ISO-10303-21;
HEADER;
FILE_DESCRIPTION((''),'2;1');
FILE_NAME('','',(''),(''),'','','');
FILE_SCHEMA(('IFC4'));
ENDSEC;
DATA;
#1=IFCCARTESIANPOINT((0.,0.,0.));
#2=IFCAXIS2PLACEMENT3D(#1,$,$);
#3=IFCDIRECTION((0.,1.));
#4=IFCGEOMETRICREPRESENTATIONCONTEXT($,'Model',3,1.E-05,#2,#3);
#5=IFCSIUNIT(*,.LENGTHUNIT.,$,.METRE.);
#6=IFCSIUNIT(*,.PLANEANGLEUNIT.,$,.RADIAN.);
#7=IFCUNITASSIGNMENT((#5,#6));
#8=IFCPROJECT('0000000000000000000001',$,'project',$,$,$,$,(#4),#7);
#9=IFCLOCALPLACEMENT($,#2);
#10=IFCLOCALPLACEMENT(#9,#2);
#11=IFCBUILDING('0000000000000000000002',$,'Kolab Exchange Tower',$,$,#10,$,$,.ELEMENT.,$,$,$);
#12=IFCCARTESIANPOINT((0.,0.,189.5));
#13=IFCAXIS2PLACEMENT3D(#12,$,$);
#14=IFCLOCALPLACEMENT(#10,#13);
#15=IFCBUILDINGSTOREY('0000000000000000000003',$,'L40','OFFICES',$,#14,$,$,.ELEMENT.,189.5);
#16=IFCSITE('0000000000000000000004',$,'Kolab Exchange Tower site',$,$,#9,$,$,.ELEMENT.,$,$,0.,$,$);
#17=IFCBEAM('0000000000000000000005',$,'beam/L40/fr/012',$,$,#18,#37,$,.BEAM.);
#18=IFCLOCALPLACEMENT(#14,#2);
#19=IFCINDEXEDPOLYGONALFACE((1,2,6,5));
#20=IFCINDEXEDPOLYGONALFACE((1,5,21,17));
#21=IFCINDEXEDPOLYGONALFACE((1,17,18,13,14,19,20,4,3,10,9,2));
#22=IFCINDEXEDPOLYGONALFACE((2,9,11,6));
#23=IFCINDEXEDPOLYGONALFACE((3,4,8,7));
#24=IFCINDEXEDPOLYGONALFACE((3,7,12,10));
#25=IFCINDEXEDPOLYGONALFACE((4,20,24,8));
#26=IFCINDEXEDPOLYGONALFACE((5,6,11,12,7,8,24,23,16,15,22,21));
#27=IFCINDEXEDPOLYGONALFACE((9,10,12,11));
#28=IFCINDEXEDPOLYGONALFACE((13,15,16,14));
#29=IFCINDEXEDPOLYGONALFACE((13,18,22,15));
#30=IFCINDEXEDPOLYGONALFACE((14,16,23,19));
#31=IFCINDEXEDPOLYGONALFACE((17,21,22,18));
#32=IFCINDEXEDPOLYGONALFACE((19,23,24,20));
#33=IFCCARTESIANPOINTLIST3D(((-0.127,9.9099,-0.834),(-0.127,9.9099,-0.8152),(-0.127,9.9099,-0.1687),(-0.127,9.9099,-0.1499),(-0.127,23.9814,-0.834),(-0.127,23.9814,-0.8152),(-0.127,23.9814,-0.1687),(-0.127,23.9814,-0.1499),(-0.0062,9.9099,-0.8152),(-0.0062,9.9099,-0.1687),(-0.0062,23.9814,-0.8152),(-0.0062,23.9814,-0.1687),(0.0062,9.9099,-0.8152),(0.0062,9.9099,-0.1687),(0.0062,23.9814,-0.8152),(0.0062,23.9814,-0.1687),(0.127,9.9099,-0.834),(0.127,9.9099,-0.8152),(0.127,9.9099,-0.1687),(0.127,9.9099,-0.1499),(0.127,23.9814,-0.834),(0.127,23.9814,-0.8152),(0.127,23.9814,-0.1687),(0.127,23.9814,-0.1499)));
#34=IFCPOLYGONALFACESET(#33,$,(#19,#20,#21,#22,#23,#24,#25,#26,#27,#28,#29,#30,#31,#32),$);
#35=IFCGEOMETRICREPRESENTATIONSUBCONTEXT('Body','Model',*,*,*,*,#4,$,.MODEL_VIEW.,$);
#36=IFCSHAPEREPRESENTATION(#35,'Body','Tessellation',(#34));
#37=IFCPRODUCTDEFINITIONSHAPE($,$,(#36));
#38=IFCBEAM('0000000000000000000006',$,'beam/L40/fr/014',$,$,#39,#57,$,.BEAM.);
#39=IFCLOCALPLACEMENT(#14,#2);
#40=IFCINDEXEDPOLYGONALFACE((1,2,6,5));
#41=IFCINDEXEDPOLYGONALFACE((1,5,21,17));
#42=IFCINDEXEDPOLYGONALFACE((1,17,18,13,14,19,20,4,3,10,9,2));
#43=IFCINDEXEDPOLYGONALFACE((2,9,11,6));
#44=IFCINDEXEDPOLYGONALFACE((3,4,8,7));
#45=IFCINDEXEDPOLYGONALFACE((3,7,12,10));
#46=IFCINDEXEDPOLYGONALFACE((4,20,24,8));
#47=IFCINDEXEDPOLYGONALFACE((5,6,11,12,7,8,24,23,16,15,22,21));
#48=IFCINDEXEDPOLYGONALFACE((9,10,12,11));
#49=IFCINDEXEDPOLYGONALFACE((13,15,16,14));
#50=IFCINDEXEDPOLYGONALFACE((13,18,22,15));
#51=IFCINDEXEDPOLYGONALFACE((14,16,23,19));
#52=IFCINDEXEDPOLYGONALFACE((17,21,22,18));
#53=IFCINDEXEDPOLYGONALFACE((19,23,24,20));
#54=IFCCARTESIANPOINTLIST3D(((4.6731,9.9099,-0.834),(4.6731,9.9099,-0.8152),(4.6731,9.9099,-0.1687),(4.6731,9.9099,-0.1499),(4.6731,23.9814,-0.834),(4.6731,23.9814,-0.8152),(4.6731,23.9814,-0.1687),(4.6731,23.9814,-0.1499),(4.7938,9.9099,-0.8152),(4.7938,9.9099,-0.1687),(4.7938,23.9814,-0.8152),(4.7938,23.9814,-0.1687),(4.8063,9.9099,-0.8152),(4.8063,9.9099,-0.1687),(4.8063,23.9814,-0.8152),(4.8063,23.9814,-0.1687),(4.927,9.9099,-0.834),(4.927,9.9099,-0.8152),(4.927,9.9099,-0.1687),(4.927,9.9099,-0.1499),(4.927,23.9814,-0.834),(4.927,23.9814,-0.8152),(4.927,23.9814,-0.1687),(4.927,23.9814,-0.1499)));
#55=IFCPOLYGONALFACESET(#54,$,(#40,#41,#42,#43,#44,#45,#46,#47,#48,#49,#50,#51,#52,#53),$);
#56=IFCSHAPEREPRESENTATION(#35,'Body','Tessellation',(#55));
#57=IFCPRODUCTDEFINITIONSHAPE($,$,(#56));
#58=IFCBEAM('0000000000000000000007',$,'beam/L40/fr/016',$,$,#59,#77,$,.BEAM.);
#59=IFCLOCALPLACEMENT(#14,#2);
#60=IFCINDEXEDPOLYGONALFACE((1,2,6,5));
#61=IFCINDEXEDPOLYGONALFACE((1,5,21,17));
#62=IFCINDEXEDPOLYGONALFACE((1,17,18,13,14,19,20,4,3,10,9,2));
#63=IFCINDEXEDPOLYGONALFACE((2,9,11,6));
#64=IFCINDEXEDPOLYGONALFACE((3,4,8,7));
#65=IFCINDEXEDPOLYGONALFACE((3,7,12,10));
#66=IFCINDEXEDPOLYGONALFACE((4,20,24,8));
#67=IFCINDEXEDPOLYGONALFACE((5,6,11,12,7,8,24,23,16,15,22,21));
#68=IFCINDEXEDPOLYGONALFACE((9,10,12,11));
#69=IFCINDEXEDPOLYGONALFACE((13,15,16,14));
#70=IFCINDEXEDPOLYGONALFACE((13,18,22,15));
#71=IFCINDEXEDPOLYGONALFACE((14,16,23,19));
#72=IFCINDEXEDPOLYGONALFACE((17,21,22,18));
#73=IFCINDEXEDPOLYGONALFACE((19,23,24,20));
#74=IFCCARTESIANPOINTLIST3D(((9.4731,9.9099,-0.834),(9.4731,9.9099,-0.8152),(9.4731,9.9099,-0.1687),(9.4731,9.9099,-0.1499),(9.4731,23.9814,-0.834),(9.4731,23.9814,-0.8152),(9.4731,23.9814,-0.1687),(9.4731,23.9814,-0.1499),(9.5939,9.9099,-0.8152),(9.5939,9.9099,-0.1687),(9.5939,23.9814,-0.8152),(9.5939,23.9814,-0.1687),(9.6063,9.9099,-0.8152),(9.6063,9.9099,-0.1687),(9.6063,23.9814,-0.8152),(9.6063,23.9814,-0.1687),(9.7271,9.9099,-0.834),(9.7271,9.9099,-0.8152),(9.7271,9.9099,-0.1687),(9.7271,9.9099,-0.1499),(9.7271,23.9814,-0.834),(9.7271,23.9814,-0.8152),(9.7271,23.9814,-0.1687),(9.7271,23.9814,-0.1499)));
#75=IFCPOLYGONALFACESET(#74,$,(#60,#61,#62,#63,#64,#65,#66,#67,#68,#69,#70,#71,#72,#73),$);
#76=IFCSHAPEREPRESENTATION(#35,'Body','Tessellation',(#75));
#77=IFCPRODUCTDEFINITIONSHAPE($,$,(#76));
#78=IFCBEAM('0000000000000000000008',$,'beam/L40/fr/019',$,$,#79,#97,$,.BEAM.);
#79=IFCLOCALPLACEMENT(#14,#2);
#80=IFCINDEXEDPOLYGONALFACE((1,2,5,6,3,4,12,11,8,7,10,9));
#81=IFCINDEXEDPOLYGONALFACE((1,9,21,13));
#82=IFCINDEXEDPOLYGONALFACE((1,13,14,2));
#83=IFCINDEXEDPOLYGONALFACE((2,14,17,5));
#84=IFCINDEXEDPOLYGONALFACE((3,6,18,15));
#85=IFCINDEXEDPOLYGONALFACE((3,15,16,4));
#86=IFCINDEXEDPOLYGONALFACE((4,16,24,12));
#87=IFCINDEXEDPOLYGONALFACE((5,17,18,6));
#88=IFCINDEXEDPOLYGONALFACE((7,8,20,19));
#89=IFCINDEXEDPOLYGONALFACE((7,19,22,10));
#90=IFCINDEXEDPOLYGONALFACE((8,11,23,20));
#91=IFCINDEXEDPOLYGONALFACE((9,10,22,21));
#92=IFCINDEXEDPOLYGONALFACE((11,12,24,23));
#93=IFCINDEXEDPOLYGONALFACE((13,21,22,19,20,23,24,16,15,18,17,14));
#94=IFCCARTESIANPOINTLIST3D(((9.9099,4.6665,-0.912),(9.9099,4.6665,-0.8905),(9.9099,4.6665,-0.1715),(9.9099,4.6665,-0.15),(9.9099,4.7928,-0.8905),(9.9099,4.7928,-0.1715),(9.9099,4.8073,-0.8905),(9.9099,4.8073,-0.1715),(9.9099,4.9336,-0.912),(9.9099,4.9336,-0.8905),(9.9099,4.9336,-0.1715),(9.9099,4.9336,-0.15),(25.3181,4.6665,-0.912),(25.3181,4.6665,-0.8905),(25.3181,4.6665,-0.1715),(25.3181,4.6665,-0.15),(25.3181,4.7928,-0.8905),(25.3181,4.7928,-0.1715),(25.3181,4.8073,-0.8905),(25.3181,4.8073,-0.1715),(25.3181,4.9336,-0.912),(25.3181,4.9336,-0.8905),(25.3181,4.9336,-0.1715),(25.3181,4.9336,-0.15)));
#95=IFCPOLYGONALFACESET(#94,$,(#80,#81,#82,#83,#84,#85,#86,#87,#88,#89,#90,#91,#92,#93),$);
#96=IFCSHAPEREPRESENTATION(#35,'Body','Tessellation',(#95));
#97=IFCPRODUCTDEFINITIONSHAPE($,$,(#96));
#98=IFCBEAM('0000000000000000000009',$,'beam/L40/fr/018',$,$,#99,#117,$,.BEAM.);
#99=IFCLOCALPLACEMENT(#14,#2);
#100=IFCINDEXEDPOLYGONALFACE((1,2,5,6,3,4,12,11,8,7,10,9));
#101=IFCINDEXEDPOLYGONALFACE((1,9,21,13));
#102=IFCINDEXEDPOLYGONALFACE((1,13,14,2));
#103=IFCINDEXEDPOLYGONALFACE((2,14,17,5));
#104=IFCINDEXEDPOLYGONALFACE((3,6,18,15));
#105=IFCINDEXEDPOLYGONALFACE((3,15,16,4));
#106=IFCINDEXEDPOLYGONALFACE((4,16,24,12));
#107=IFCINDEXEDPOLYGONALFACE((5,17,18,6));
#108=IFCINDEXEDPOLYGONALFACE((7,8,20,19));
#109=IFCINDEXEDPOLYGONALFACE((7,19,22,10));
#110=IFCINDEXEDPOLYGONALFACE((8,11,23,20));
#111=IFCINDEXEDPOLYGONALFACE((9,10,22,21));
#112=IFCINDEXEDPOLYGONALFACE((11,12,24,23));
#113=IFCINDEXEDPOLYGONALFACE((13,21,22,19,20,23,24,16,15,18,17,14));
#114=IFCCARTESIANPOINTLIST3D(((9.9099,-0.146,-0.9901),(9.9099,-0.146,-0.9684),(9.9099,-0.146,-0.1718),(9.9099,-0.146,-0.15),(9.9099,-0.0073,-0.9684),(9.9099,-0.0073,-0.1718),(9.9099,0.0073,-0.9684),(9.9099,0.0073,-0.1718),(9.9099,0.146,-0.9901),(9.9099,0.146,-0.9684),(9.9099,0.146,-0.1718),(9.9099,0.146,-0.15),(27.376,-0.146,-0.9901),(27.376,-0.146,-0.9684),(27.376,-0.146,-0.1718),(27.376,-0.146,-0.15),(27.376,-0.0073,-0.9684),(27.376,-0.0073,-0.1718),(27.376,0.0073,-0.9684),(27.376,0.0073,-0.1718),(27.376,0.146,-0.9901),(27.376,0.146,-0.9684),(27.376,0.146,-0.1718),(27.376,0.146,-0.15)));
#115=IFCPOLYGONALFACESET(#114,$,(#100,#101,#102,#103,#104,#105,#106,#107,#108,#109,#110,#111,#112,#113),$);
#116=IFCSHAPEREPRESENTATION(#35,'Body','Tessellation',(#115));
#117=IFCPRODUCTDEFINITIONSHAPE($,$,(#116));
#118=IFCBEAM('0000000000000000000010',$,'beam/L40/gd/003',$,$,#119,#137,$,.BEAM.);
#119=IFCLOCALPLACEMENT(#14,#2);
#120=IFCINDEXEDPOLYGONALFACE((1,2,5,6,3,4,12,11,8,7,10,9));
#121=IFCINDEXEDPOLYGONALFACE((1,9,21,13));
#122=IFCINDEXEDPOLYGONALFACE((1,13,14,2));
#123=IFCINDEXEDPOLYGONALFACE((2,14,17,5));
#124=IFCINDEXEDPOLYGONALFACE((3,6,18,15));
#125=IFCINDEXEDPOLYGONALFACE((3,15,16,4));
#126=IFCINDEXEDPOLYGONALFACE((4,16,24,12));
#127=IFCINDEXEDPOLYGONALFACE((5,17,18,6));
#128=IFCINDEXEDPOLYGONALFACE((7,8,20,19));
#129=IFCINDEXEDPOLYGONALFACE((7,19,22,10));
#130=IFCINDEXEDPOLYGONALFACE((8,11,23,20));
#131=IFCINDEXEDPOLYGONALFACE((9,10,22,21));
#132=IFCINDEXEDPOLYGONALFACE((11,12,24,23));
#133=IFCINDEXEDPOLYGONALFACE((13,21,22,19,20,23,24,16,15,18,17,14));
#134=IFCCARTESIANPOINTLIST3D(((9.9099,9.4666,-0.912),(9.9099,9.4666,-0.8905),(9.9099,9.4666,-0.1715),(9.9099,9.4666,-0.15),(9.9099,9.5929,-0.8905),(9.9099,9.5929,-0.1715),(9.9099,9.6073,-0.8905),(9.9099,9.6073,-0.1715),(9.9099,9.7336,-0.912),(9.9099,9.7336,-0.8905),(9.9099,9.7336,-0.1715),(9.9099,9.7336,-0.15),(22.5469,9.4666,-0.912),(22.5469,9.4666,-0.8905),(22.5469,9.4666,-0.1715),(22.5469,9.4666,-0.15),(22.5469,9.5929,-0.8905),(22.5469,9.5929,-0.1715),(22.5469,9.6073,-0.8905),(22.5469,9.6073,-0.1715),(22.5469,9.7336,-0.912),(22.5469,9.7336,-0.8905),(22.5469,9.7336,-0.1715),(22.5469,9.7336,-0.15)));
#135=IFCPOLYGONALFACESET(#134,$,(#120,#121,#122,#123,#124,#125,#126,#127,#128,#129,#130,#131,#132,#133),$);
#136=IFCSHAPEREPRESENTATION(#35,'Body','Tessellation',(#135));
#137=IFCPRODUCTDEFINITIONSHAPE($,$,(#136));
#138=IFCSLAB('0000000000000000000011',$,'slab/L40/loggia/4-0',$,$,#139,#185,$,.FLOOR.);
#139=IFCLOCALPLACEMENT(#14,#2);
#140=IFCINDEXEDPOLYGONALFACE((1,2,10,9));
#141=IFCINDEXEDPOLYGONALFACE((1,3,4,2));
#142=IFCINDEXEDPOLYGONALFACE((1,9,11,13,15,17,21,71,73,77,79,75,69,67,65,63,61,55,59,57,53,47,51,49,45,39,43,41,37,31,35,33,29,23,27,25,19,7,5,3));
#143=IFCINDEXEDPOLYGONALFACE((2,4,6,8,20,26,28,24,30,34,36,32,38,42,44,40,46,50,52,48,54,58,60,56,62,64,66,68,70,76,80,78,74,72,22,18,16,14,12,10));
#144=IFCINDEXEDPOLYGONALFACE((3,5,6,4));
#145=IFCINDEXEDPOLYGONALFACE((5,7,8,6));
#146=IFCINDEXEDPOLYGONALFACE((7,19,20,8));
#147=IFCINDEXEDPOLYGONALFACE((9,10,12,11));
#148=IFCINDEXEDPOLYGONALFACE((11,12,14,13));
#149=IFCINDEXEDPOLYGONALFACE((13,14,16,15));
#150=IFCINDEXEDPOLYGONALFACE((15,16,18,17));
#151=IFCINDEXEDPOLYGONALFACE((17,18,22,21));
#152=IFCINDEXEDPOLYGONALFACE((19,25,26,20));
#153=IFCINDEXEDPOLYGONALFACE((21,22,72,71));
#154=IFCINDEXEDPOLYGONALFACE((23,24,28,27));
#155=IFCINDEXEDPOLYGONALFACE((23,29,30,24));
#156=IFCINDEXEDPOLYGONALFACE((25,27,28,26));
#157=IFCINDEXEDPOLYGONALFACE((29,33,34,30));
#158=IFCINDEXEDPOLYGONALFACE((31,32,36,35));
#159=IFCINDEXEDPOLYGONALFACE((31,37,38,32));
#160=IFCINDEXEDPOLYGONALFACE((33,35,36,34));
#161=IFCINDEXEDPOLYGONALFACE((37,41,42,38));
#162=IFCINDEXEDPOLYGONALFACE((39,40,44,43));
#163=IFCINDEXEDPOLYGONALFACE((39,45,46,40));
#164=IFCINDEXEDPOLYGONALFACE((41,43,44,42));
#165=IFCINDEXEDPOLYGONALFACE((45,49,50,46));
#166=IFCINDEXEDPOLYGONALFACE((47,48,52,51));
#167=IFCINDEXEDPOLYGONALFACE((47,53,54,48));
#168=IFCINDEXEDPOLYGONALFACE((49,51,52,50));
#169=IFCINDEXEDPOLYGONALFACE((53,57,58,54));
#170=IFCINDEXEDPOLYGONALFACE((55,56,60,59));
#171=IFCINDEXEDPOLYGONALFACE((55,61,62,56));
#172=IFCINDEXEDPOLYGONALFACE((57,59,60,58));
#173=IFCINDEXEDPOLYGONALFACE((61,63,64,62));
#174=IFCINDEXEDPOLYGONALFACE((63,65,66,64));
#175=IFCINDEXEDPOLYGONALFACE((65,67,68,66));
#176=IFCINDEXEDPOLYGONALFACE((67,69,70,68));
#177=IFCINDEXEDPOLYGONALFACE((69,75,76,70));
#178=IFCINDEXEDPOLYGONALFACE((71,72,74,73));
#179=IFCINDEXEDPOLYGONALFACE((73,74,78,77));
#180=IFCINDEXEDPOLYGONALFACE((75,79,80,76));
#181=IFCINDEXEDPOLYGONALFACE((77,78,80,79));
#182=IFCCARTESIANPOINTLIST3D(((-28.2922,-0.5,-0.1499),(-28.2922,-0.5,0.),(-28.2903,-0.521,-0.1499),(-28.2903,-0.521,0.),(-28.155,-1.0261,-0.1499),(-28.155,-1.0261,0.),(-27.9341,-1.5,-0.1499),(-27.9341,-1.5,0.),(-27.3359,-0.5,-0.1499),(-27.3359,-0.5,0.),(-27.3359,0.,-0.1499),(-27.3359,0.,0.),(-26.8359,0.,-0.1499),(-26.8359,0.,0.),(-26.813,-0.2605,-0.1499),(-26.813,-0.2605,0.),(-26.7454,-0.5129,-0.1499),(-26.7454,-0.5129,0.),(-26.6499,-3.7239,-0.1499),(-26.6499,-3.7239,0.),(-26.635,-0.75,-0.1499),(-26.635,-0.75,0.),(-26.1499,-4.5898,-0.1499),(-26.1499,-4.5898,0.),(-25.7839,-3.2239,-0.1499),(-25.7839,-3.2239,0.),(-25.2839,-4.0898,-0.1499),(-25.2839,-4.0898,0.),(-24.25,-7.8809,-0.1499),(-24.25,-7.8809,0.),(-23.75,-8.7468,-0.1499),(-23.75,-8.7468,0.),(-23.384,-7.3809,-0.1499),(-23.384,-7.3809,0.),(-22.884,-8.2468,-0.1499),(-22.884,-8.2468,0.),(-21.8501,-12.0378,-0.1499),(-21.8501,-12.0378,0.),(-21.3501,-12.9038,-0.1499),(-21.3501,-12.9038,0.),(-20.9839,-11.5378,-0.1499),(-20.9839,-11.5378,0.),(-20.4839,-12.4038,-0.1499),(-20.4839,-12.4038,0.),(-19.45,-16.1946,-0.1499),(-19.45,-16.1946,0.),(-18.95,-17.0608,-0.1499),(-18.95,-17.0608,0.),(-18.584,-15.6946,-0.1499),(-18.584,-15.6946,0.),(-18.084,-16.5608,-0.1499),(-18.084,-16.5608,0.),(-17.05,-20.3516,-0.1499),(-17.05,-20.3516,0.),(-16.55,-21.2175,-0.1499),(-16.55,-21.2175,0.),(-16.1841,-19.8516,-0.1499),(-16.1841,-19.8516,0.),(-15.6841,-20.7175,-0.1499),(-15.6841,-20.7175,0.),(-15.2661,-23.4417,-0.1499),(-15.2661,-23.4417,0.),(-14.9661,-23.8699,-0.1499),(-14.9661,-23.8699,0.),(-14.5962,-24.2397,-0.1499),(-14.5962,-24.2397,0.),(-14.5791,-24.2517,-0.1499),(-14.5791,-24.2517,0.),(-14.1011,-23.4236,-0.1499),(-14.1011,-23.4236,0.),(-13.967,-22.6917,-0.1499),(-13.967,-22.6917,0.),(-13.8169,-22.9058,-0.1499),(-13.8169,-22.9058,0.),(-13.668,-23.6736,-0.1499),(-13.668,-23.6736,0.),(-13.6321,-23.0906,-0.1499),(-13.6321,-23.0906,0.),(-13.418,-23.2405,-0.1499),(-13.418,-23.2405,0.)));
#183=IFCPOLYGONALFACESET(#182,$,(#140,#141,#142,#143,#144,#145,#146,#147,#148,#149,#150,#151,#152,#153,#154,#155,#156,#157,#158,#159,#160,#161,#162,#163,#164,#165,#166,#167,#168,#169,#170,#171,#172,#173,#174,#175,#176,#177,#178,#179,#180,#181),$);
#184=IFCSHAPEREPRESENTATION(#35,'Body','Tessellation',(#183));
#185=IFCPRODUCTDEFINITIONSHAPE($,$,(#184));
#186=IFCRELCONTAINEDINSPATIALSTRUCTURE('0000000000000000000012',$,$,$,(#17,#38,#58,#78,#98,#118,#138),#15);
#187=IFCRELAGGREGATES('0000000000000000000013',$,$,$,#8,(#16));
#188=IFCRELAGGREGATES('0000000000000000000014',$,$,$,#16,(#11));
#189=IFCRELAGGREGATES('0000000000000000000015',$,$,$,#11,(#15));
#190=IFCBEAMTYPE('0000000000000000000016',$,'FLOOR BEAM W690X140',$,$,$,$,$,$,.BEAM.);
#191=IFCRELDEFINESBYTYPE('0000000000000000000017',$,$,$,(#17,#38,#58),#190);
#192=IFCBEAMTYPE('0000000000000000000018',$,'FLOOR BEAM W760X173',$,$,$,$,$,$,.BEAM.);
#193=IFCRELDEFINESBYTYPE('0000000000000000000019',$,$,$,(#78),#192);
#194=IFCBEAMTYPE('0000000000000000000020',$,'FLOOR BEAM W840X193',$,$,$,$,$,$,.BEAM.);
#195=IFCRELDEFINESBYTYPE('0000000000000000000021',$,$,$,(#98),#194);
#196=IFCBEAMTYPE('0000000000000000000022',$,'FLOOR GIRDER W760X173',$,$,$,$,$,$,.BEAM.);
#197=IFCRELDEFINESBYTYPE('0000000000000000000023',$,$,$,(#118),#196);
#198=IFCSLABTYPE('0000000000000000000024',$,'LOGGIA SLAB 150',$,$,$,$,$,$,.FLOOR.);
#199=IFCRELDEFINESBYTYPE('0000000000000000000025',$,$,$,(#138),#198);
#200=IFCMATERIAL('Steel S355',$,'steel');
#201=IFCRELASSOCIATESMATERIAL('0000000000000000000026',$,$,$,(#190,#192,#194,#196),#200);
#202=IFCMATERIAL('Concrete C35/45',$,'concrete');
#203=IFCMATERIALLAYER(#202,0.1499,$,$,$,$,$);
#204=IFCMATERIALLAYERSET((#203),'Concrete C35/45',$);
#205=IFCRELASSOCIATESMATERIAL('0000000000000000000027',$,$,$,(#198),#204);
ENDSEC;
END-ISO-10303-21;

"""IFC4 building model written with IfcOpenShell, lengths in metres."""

from ifc_helpers import new_model, si_unit, direction, frame, origin, origin_2d, place, context, subcontext, project, spatial, polyline, i_section, outline, extrude, material, layer, layer_set, material_profile, profile_set, type_object, element, save


model = new_model("IFC4")

# Units and contexts
model_context = context("Model", 3, precision=1e-05, world=origin(), true_north=direction((0.0, 1.0)))
body_context = subcontext(model_context, "Body", "Model", "MODEL_VIEW")
ifc_project = project(units=[si_unit("LENGTHUNIT", "METRE"), si_unit("PLANEANGLEUNIT", "RADIAN")], contexts=[model_context])

# Site, building, storey
site_placement = place(None, origin())
site = spatial("IfcSite", under=ifc_project, at=site_placement, Name="Kolab Exchange Tower site", CompositionType="ELEMENT", RefElevation=0.0)
building_placement = place(site_placement, origin())
building = spatial("IfcBuilding", under=site, at=building_placement, Name="Kolab Exchange Tower", CompositionType="ELEMENT")
storey_placement = place(building_placement, frame((0.0, 0.0, 189.5)))
storey = spatial("IfcBuildingStorey", under=building, at=storey_placement, Name="L40", Description="OFFICES", CompositionType="ELEMENT", Elevation=189.5)

# Beams
ifc_material_1 = material(Name="Steel S355", Category="steel")
ifc_material_profile_1 = material_profile(ifc_material_1, i_section(OverallWidth=0.2539, OverallDepth=0.6841, WebThickness=0.0125, FlangeThickness=0.0188, at=origin_2d()), Name="W690X140")
ifc_profile_set_1 = profile_set([ifc_material_profile_1], Name="Steel S355")
beam_type_1 = type_object("IfcBeamType", Name="FLOOR BEAM W690X140", PredefinedType="BEAM", material=ifc_profile_set_1)
for number, where, z_axis, x_axis, name in (
    (1, (0.0, 9.9099, -0.4919), (0.0, 1.0, 0.0), (-1.0, 0.0, 0.0), "beam/L40/fr/012"),
    (2, (4.8, 9.9099, -0.4919), (0.0, 1.0, 0.0), (-1.0, 0.0, 0.0), "beam/L40/fr/014"),
    (3, (9.6001, 9.9099, -0.4919), (0.0, 1.0, 0.0), (-1.0, 0.0, 0.0), "beam/L40/fr/016"),
):
    element("IfcBeam", number, at=place(storey_placement, frame(where, z_axis=z_axis, x_axis=x_axis)), inside=storey, type_object=beam_type_1, Name=name, PredefinedType="BEAM", context=body_context, shape_type="SweptSolid", body=[
        extrude(i_section(OverallWidth=0.2539, OverallDepth=0.6841, WebThickness=0.0125, FlangeThickness=0.0188, at=origin_2d()), origin(), (0.0, 0.0, 1.0), 14.0715),
    ])
ifc_material_profile_2 = material_profile(ifc_material_1, i_section(OverallWidth=0.2671, OverallDepth=0.762, WebThickness=0.0144, FlangeThickness=0.0215, at=origin_2d()), Name="W760X173")
ifc_profile_set_2 = profile_set([ifc_material_profile_2], Name="Steel S355")
beam_type_2 = type_object("IfcBeamType", Name="FLOOR BEAM W760X173", PredefinedType="BEAM", material=ifc_profile_set_2)
beam_1_placement = place(storey_placement, frame((9.9099, 4.8, -0.531), z_axis=(1.0, 0.0, 0.0), x_axis=(0.0, 1.0, 0.0)))
element("IfcBeam", 4, at=beam_1_placement, inside=storey, type_object=beam_type_2, Name="beam/L40/fr/019", PredefinedType="BEAM", context=body_context, shape_type="SweptSolid", body=[
    extrude(i_section(OverallWidth=0.2671, OverallDepth=0.762, WebThickness=0.0144, FlangeThickness=0.0215, at=origin_2d()), origin(), (0.0, 0.0, 1.0), 15.4082),
])
ifc_material_profile_3 = material_profile(ifc_material_1, i_section(OverallWidth=0.292, OverallDepth=0.8401, WebThickness=0.0146, FlangeThickness=0.0217, at=origin_2d()), Name="W840X193")
ifc_profile_set_3 = profile_set([ifc_material_profile_3], Name="Steel S355")
beam_type_3 = type_object("IfcBeamType", Name="FLOOR BEAM W840X193", PredefinedType="BEAM", material=ifc_profile_set_3)
beam_2_placement = place(storey_placement, frame((9.9099, 0.0, -0.5701), z_axis=(1.0, 0.0, 0.0), x_axis=(0.0, 1.0, 0.0)))
element("IfcBeam", 5, at=beam_2_placement, inside=storey, type_object=beam_type_3, Name="beam/L40/fr/018", PredefinedType="BEAM", context=body_context, shape_type="SweptSolid", body=[
    extrude(i_section(OverallWidth=0.292, OverallDepth=0.8401, WebThickness=0.0146, FlangeThickness=0.0217, at=origin_2d()), origin(), (0.0, 0.0, 1.0), 17.4661),
])
ifc_material_profile_4 = material_profile(ifc_material_1, i_section(OverallWidth=0.2671, OverallDepth=0.762, WebThickness=0.0144, FlangeThickness=0.0215, at=origin_2d()), Name="W760X173")
ifc_profile_set_4 = profile_set([ifc_material_profile_4], Name="Steel S355")
beam_type_4 = type_object("IfcBeamType", Name="FLOOR GIRDER W760X173", PredefinedType="BEAM", material=ifc_profile_set_4)
beam_3_placement = place(storey_placement, frame((9.9099, 9.6001, -0.531), z_axis=(1.0, 0.0, 0.0), x_axis=(0.0, 1.0, 0.0)))
element("IfcBeam", 6, at=beam_3_placement, inside=storey, type_object=beam_type_4, Name="beam/L40/gd/003", PredefinedType="BEAM", context=body_context, shape_type="SweptSolid", body=[
    extrude(i_section(OverallWidth=0.2671, OverallDepth=0.762, WebThickness=0.0144, FlangeThickness=0.0215, at=origin_2d()), origin(), (0.0, 0.0, 1.0), 12.637),
])

# Slab
ifc_material_2 = material(Name="Concrete C35/45", Category="concrete")
ifc_layer_1 = layer(ifc_material_2, 0.1499)
ifc_layer_set_1 = layer_set([ifc_layer_1], Name="Concrete C35/45")
slab_type_1 = type_object("IfcSlabType", Name="LOGGIA SLAB 150", PredefinedType="FLOOR", material=ifc_layer_set_1)
slab_1_placement = place(storey_placement, frame((0.0, 0.0, -0.1499)))
element("IfcSlab", 7, at=slab_1_placement, inside=storey, type_object=slab_type_1, Name="slab/L40/loggia/4-0", PredefinedType="FLOOR", context=body_context, shape_type="SweptSolid", body=[
    extrude(outline(polyline([(-26.8359, 0.0), (-27.3359, 0.0), (-27.3359, -0.5), (-28.2922, -0.5), (-28.2903, -0.521), (-28.155, -1.0261), (-27.9341, -1.5), (-26.6499, -3.7239), (-25.7839, -3.2239), (-25.2839, -4.0898), (-26.1499, -4.5898), (-24.25, -7.8809), (-23.384, -7.3809), (-22.884, -8.2468), (-23.75, -8.7468), (-21.8501, -12.0378), (-20.9839, -11.5378), (-20.4839, -12.4038), (-21.3501, -12.9038), (-19.45, -16.1946), (-18.584, -15.6946), (-18.084, -16.5608), (-18.95, -17.0608), (-17.05, -20.3516), (-16.1841, -19.8516), (-15.6841, -20.7175), (-16.55, -21.2175), (-15.2661, -23.4417), (-14.9661, -23.8699), (-14.5962, -24.2397), (-14.5791, -24.2517), (-14.1011, -23.4236), (-13.668, -23.6736), (-13.418, -23.2405), (-13.6321, -23.0906), (-13.8169, -22.9058), (-13.967, -22.6917), (-26.635, -0.75), (-26.7454, -0.5129), (-26.813, -0.2605), (-26.8359, 0.0)])), origin(), (0.0, 0.0, 1.0), 0.1499),
])

save(model, "model.ifc")
